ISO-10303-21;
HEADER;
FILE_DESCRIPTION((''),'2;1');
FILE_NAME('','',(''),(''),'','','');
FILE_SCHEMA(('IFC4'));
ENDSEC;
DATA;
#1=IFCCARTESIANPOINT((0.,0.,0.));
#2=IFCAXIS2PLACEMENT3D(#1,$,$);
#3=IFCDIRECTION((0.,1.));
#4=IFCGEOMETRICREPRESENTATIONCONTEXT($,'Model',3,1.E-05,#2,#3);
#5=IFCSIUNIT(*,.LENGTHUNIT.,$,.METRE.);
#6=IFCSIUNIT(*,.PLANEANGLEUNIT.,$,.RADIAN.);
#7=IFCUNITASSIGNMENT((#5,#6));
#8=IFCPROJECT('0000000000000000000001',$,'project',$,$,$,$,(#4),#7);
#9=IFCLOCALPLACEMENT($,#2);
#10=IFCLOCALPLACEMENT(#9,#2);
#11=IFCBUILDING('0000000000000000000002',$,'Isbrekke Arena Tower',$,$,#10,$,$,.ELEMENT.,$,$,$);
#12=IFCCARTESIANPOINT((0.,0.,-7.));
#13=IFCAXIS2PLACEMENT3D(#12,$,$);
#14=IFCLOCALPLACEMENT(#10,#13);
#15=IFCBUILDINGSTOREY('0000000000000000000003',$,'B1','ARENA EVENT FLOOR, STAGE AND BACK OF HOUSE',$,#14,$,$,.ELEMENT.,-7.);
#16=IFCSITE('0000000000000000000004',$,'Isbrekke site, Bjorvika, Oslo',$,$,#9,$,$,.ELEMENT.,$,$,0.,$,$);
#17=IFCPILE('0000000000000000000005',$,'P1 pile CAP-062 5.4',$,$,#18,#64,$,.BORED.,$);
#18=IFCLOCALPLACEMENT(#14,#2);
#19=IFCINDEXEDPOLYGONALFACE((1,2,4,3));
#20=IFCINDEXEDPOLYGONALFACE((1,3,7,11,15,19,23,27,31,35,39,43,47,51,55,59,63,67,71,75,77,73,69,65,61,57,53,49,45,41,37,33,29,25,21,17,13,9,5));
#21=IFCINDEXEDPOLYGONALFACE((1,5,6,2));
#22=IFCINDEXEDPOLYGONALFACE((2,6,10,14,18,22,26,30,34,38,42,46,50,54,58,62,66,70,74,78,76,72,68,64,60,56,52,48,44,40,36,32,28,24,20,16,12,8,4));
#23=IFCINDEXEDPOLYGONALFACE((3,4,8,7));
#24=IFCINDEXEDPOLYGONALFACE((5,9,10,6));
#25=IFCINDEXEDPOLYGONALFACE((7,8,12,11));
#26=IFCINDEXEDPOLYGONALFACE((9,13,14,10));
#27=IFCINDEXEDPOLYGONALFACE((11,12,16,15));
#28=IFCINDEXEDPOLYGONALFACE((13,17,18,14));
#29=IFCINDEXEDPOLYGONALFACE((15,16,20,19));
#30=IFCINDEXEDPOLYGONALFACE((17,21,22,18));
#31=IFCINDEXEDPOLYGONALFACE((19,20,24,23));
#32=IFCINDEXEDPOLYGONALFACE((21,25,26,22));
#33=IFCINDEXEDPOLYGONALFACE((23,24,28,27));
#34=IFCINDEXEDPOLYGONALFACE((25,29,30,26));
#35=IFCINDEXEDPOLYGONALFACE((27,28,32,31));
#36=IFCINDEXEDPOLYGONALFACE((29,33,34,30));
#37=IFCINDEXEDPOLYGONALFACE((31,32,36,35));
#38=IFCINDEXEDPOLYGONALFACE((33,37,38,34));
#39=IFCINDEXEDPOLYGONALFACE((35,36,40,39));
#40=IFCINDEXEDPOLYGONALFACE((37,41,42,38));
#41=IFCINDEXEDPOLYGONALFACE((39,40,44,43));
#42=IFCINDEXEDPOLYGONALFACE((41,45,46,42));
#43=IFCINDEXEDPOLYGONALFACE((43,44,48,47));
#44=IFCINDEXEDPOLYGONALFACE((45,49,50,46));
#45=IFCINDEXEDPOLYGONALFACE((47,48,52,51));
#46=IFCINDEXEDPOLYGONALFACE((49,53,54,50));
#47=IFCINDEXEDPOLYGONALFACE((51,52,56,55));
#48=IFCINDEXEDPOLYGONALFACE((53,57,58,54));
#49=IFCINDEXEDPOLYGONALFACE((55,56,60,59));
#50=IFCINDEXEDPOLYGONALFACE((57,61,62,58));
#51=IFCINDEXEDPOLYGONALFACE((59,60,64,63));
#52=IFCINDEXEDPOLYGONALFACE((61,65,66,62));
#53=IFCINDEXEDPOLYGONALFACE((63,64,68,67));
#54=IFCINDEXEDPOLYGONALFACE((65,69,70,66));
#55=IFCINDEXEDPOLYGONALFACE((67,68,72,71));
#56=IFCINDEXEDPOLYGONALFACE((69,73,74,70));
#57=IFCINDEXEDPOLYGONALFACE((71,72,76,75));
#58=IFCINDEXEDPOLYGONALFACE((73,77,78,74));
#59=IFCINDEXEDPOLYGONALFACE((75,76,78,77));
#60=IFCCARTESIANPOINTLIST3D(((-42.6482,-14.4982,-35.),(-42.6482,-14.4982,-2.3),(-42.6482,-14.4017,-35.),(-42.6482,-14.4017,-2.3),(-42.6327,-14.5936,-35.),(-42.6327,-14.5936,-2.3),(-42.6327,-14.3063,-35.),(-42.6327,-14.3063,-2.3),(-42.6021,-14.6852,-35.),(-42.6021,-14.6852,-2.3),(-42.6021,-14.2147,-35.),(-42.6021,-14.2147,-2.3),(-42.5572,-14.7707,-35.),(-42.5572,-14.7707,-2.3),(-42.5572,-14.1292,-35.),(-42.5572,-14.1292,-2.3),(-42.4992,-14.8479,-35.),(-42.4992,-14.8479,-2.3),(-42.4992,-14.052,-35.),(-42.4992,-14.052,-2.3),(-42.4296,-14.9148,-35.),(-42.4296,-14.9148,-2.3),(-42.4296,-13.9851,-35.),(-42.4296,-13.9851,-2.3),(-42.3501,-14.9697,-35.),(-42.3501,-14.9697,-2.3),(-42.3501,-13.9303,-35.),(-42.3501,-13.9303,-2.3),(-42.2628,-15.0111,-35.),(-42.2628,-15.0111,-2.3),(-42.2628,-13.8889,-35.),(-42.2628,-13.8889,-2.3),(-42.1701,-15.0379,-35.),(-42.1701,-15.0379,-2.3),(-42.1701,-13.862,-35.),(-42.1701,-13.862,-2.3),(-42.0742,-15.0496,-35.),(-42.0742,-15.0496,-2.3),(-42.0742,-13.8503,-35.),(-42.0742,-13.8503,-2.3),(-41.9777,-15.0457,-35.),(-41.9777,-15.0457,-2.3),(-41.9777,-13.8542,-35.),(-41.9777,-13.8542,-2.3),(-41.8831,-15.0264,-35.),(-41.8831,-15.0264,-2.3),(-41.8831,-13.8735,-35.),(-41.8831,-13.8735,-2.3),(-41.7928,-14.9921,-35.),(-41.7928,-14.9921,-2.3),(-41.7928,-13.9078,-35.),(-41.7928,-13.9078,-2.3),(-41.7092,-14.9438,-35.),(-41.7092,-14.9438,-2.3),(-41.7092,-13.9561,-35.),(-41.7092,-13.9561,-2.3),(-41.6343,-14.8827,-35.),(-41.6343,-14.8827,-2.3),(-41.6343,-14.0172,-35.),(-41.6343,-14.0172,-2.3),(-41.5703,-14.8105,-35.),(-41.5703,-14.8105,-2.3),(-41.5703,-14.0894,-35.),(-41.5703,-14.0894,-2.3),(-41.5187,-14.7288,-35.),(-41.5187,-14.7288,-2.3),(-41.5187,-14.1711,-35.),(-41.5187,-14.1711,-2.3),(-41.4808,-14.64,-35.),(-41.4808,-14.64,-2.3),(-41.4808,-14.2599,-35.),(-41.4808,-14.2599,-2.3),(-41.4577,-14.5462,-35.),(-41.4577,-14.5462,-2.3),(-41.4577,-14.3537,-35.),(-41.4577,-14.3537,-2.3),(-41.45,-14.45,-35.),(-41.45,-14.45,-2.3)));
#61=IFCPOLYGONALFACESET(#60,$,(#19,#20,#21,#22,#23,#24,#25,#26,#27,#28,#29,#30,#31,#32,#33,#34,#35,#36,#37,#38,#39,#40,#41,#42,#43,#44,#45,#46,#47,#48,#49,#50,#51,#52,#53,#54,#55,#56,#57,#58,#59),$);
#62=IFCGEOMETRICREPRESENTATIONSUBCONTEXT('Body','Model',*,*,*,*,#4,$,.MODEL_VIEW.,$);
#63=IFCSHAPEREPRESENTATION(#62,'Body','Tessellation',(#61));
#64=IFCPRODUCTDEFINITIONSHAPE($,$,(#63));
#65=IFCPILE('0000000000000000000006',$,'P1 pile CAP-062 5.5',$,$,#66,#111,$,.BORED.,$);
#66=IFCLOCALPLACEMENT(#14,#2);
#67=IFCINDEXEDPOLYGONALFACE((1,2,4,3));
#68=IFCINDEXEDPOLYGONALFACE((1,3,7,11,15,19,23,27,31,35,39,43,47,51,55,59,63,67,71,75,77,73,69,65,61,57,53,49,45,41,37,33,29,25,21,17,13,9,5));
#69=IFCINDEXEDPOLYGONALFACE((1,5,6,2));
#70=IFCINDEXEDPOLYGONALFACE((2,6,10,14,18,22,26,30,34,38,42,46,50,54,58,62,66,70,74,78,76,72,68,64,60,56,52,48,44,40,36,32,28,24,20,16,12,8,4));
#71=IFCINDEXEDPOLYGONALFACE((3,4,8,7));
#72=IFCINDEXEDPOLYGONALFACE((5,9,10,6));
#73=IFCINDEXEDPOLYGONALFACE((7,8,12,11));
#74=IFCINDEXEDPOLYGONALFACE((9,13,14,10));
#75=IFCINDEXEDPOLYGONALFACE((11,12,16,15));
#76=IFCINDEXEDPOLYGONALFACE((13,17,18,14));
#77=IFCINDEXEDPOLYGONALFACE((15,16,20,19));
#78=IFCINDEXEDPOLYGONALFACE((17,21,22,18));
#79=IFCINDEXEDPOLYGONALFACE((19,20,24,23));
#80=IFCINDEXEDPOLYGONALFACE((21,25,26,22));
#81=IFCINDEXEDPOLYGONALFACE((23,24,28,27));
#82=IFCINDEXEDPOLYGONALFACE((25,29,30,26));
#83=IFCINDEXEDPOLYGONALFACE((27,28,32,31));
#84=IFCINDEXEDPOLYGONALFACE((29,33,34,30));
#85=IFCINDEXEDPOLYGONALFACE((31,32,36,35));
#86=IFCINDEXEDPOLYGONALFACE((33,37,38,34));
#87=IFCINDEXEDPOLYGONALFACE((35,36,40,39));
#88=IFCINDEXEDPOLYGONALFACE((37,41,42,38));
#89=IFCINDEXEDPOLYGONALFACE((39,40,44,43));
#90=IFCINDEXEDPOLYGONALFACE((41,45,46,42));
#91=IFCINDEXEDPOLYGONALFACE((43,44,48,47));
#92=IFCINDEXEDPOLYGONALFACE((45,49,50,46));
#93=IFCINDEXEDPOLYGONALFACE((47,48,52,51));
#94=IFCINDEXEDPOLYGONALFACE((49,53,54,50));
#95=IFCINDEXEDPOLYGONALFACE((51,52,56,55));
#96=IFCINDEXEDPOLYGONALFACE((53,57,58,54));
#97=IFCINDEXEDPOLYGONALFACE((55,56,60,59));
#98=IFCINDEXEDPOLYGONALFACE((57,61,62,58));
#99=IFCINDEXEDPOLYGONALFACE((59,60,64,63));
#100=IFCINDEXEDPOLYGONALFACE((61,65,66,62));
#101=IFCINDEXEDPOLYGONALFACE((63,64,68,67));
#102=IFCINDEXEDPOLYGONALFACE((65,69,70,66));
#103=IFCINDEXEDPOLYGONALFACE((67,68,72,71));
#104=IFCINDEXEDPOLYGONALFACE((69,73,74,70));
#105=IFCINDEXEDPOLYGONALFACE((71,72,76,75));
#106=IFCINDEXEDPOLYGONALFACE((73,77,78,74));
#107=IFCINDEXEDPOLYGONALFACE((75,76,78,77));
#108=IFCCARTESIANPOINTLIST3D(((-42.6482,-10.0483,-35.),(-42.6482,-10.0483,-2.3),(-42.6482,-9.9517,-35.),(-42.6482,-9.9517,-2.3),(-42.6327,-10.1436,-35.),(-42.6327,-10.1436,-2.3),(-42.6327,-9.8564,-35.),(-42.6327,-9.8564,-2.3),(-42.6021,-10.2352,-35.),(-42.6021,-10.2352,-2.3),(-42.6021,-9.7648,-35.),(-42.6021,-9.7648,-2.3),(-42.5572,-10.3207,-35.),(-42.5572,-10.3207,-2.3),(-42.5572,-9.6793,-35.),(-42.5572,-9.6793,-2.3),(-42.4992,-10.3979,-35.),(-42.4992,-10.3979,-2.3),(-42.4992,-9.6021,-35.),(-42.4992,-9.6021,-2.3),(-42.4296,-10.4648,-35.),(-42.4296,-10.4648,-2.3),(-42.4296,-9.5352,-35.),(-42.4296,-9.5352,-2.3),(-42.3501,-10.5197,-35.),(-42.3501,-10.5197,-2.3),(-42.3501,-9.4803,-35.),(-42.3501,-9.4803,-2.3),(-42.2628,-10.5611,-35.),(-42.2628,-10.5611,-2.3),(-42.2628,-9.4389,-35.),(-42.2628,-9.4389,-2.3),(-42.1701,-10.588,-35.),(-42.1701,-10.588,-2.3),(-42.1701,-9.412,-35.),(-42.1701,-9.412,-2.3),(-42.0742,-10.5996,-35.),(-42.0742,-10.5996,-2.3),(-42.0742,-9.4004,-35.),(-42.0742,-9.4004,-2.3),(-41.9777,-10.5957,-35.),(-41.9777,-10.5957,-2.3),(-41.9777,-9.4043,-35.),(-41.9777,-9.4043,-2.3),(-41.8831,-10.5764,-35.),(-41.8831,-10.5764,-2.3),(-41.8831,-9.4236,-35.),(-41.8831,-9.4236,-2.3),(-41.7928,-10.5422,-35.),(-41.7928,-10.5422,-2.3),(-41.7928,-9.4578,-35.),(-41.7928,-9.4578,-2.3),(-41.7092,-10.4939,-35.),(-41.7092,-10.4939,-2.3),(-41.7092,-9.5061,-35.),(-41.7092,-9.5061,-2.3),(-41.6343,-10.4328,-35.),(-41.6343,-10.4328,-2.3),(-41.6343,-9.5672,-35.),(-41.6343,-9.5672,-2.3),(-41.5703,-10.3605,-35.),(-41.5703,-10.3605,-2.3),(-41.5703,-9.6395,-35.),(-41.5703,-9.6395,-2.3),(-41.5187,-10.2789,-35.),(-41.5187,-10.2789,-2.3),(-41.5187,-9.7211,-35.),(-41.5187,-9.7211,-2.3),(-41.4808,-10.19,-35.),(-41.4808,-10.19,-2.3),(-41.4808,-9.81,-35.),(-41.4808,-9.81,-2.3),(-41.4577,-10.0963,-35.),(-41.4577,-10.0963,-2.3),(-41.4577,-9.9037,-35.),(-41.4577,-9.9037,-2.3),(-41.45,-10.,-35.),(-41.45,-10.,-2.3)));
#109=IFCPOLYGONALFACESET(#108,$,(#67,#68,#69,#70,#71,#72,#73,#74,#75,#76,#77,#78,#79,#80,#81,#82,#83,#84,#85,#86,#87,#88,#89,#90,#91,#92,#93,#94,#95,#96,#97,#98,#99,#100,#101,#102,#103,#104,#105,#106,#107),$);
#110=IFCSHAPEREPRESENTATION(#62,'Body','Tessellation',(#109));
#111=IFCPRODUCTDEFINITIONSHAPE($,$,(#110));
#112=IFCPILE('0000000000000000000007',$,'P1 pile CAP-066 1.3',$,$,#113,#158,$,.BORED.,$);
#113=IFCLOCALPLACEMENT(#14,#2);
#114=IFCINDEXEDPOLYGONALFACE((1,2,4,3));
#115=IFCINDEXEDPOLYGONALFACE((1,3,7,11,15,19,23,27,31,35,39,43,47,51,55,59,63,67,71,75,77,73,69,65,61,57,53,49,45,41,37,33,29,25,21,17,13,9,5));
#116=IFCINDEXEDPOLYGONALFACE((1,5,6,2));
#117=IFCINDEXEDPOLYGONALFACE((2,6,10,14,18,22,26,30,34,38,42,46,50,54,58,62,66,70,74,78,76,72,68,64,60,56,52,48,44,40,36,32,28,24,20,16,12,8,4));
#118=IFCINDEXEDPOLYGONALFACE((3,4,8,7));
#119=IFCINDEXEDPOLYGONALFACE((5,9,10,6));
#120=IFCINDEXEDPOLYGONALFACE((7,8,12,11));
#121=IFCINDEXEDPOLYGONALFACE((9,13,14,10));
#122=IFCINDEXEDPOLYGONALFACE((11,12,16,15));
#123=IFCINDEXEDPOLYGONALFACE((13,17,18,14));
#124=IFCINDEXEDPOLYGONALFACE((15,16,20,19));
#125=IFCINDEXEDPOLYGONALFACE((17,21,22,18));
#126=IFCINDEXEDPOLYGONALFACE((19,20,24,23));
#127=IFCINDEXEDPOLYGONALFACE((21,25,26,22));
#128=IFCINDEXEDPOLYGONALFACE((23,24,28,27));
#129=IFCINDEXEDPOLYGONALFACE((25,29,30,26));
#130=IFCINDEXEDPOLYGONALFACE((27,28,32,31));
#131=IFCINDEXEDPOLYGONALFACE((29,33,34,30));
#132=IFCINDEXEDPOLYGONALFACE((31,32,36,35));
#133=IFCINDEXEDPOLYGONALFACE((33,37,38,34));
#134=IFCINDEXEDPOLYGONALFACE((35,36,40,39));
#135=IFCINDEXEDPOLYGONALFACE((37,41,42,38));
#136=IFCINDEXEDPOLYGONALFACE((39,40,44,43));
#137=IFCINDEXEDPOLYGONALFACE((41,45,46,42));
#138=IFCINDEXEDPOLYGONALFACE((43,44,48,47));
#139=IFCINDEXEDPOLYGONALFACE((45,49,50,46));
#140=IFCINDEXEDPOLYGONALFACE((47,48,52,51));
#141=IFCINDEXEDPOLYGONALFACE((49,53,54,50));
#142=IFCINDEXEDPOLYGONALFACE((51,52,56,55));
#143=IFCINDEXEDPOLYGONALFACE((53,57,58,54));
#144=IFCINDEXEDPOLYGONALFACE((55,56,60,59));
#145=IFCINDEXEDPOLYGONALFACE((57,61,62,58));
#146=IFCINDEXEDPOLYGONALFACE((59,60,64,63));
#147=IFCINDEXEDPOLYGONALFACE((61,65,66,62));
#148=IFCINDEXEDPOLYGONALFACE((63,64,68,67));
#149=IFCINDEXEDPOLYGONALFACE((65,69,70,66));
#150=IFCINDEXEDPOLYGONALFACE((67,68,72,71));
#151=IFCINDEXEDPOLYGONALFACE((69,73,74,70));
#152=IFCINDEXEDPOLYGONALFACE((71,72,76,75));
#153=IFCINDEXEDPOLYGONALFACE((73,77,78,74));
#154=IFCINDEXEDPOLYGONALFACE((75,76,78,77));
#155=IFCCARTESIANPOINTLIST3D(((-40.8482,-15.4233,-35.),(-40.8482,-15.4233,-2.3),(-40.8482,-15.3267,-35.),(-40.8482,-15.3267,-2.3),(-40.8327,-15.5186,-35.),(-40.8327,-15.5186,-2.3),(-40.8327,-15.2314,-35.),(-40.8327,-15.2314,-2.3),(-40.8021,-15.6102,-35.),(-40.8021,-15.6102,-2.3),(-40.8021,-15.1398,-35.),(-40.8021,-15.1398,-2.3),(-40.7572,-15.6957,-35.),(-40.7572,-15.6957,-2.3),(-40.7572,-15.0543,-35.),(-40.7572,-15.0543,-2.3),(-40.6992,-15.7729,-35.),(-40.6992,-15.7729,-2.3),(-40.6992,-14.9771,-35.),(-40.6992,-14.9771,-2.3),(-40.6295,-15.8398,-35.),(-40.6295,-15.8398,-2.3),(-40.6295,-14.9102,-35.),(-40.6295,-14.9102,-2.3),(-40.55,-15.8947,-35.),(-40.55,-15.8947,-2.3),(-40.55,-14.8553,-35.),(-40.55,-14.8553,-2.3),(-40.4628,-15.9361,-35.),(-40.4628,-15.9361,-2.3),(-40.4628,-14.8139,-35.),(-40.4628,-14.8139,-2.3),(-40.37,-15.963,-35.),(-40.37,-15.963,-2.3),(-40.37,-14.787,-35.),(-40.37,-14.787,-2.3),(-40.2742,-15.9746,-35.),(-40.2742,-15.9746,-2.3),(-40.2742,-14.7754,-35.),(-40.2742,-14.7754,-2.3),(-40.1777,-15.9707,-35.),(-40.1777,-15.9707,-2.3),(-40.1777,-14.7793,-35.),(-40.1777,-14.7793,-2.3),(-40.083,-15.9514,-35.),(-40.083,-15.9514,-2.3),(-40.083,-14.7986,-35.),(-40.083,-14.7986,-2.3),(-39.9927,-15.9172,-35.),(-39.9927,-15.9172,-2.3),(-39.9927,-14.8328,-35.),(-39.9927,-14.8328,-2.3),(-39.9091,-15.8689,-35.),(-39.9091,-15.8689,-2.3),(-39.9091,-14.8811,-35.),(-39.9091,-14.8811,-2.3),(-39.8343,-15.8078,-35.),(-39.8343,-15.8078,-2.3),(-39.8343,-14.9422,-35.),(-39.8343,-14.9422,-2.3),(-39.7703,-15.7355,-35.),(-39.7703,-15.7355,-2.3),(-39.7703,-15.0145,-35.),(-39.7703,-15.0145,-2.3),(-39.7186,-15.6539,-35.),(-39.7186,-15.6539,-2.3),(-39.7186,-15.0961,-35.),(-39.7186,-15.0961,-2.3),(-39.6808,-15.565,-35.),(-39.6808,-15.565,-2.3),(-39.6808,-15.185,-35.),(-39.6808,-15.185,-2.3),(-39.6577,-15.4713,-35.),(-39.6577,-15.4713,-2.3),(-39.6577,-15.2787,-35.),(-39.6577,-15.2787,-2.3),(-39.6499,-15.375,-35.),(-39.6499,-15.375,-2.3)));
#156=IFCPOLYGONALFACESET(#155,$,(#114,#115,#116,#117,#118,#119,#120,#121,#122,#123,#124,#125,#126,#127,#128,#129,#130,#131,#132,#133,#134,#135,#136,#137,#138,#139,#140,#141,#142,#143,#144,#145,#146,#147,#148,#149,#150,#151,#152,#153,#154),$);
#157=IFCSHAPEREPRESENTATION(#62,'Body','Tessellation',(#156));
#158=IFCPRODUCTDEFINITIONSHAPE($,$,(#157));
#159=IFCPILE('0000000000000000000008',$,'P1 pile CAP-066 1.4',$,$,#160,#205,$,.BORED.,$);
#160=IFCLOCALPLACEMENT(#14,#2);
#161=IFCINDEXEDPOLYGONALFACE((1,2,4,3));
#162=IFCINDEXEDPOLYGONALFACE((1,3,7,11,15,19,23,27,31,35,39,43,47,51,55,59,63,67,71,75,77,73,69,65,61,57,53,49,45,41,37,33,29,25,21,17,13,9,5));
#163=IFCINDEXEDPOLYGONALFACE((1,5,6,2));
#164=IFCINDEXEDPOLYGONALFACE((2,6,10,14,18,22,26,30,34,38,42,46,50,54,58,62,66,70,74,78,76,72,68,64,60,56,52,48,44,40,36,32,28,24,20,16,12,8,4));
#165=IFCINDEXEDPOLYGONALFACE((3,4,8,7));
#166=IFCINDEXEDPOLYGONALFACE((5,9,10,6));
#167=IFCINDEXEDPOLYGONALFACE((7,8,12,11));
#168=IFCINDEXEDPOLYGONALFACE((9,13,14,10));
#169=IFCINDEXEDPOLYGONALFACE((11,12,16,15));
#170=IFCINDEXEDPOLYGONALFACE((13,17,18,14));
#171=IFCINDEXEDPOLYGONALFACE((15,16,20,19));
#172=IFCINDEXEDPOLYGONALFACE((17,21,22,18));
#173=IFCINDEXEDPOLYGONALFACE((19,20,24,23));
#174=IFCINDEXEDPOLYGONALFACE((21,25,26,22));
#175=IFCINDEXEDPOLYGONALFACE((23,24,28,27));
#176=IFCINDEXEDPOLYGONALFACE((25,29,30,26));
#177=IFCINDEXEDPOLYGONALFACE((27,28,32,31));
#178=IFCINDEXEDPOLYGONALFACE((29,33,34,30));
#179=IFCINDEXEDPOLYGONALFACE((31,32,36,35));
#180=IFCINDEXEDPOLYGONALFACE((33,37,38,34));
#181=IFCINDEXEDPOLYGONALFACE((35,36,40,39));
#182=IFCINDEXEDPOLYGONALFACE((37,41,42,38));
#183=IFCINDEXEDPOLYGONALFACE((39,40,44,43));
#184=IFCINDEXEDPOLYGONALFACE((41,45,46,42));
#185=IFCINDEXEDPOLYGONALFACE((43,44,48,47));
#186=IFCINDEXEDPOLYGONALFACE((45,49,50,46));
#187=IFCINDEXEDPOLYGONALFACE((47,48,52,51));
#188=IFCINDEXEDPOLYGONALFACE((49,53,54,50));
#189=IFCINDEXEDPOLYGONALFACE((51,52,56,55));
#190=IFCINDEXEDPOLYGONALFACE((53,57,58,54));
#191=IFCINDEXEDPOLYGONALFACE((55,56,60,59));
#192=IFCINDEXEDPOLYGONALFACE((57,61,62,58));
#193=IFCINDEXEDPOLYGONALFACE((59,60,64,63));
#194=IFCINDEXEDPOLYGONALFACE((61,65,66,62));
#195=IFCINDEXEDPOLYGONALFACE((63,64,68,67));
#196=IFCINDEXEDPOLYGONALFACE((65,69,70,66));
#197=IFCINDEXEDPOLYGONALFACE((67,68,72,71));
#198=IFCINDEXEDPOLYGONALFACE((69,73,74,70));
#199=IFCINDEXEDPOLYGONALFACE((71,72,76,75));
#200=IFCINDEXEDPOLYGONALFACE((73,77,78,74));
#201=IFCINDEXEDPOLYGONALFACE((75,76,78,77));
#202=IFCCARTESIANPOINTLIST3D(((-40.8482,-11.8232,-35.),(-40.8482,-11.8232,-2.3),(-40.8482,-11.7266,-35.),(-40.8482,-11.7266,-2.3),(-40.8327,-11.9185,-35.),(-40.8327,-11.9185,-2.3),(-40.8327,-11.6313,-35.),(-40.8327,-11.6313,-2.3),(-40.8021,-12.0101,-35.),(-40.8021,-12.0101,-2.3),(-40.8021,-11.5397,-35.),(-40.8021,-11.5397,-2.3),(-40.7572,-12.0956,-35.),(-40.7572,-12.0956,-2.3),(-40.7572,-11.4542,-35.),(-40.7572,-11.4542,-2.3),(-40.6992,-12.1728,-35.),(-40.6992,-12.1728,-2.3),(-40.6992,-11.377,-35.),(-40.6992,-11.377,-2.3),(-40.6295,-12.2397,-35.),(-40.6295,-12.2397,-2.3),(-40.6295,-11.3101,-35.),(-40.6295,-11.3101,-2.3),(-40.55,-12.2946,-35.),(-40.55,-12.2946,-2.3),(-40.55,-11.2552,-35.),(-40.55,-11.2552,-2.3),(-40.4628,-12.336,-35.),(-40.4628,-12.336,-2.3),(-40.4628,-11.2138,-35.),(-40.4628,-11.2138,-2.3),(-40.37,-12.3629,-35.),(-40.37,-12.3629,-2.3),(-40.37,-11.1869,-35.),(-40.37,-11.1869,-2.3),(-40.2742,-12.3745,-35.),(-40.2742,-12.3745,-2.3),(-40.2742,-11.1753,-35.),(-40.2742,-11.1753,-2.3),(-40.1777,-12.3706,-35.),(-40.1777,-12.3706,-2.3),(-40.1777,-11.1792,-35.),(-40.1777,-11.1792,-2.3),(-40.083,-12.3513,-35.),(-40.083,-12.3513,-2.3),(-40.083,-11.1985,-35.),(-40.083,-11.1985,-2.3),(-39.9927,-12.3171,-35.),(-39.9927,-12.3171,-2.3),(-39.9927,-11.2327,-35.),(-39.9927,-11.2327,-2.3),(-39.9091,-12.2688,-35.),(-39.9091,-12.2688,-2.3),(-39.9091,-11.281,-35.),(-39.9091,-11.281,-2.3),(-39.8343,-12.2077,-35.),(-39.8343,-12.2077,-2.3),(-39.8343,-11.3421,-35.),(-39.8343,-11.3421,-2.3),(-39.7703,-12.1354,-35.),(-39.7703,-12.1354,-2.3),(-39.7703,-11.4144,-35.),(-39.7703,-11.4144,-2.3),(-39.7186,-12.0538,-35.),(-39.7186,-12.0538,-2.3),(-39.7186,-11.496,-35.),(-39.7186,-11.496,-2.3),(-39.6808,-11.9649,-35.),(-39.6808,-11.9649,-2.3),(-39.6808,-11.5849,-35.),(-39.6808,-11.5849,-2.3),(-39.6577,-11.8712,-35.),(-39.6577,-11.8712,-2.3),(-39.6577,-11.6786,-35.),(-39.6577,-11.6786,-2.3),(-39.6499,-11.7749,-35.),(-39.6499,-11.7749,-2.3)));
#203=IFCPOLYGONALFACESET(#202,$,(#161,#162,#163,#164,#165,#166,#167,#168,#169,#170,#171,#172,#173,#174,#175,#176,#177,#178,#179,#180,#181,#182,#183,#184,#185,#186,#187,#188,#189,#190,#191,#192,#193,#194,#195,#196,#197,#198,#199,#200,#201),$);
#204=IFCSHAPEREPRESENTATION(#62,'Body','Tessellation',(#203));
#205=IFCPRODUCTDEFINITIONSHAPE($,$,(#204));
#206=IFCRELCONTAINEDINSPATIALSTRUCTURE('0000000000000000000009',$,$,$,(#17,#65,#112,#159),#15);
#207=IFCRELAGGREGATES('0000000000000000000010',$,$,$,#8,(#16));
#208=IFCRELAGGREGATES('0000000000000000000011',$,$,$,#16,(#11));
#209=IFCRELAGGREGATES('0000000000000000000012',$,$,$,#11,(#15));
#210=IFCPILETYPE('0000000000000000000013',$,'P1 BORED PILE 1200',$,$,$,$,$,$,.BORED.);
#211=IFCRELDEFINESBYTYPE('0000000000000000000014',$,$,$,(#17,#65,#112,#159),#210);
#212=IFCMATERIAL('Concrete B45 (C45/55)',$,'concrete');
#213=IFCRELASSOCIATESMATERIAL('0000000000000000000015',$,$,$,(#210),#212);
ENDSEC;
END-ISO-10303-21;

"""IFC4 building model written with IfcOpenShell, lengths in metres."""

from ifc_helpers import new_model, si_unit, direction, frame, origin, origin_2d, place, context, subcontext, project, spatial, circle, extrude, material, material_profile, profile_set, type_object, element, save


model = new_model("IFC4")

# Units and contexts
model_context = context("Model", 3, precision=1e-05, world=origin(), true_north=direction((0.0, 1.0)))
body_context = subcontext(model_context, "Body", "Model", "MODEL_VIEW")
ifc_project = project(units=[si_unit("LENGTHUNIT", "METRE"), si_unit("PLANEANGLEUNIT", "RADIAN")], contexts=[model_context])

# Site, building, storey
site_placement = place(None, origin())
site = spatial("IfcSite", under=ifc_project, at=site_placement, Name="Isbrekke site, Bjorvika, Oslo", CompositionType="ELEMENT", RefElevation=0.0)
building_placement = place(site_placement, origin())
building = spatial("IfcBuilding", under=site, at=building_placement, Name="Isbrekke Arena Tower", CompositionType="ELEMENT")
storey_placement = place(building_placement, frame((0.0, 0.0, -7.0)))
storey = spatial("IfcBuildingStorey", under=building, at=storey_placement, Name="B1", Description="ARENA EVENT FLOOR, STAGE AND BACK OF HOUSE", CompositionType="ELEMENT", Elevation=-7.0)

# Piles
ifc_material_1 = material(Name="Concrete B45 (C45/55)", Category="concrete")
ifc_material_profile_1 = material_profile(ifc_material_1, circle(Radius=0.6001, at=origin_2d()), Name="BORED PILE D1200")
ifc_profile_set_1 = profile_set([ifc_material_profile_1], Name="Concrete B45 (C45/55)")
pile_type = type_object("IfcPileType", Name="P1 BORED PILE 1200", PredefinedType="BORED", material=ifc_profile_set_1)
for number, where, z_axis, x_axis, name in (
    (1, (-42.05, -14.45, -2.3), (0.0, 0.0, -1.0), (1.0, 0.0, 0.0), "P1 pile CAP-062 5.4"),
    (2, (-42.05, -10.0, -2.3), (0.0, 0.0, -1.0), (1.0, 0.0, 0.0), "P1 pile CAP-062 5.5"),
    (3, (-40.25, -15.375, -2.3), (0.0, 0.0, -1.0), (1.0, 0.0, 0.0), "P1 pile CAP-066 1.3"),
    (4, (-40.25, -11.7749, -2.3), (0.0, 0.0, -1.0), (1.0, 0.0, 0.0), "P1 pile CAP-066 1.4"),
):
    element("IfcPile", number, at=place(storey_placement, frame(where, z_axis=z_axis, x_axis=x_axis)), inside=storey, type_object=pile_type, Name=name, PredefinedType="BORED", context=body_context, shape_type="SweptSolid", body=[
        extrude(circle(Radius=0.6001, at=origin_2d()), origin(), (0.0, 0.0, 1.0), 32.7),
    ])

save(model, "model.ifc")
